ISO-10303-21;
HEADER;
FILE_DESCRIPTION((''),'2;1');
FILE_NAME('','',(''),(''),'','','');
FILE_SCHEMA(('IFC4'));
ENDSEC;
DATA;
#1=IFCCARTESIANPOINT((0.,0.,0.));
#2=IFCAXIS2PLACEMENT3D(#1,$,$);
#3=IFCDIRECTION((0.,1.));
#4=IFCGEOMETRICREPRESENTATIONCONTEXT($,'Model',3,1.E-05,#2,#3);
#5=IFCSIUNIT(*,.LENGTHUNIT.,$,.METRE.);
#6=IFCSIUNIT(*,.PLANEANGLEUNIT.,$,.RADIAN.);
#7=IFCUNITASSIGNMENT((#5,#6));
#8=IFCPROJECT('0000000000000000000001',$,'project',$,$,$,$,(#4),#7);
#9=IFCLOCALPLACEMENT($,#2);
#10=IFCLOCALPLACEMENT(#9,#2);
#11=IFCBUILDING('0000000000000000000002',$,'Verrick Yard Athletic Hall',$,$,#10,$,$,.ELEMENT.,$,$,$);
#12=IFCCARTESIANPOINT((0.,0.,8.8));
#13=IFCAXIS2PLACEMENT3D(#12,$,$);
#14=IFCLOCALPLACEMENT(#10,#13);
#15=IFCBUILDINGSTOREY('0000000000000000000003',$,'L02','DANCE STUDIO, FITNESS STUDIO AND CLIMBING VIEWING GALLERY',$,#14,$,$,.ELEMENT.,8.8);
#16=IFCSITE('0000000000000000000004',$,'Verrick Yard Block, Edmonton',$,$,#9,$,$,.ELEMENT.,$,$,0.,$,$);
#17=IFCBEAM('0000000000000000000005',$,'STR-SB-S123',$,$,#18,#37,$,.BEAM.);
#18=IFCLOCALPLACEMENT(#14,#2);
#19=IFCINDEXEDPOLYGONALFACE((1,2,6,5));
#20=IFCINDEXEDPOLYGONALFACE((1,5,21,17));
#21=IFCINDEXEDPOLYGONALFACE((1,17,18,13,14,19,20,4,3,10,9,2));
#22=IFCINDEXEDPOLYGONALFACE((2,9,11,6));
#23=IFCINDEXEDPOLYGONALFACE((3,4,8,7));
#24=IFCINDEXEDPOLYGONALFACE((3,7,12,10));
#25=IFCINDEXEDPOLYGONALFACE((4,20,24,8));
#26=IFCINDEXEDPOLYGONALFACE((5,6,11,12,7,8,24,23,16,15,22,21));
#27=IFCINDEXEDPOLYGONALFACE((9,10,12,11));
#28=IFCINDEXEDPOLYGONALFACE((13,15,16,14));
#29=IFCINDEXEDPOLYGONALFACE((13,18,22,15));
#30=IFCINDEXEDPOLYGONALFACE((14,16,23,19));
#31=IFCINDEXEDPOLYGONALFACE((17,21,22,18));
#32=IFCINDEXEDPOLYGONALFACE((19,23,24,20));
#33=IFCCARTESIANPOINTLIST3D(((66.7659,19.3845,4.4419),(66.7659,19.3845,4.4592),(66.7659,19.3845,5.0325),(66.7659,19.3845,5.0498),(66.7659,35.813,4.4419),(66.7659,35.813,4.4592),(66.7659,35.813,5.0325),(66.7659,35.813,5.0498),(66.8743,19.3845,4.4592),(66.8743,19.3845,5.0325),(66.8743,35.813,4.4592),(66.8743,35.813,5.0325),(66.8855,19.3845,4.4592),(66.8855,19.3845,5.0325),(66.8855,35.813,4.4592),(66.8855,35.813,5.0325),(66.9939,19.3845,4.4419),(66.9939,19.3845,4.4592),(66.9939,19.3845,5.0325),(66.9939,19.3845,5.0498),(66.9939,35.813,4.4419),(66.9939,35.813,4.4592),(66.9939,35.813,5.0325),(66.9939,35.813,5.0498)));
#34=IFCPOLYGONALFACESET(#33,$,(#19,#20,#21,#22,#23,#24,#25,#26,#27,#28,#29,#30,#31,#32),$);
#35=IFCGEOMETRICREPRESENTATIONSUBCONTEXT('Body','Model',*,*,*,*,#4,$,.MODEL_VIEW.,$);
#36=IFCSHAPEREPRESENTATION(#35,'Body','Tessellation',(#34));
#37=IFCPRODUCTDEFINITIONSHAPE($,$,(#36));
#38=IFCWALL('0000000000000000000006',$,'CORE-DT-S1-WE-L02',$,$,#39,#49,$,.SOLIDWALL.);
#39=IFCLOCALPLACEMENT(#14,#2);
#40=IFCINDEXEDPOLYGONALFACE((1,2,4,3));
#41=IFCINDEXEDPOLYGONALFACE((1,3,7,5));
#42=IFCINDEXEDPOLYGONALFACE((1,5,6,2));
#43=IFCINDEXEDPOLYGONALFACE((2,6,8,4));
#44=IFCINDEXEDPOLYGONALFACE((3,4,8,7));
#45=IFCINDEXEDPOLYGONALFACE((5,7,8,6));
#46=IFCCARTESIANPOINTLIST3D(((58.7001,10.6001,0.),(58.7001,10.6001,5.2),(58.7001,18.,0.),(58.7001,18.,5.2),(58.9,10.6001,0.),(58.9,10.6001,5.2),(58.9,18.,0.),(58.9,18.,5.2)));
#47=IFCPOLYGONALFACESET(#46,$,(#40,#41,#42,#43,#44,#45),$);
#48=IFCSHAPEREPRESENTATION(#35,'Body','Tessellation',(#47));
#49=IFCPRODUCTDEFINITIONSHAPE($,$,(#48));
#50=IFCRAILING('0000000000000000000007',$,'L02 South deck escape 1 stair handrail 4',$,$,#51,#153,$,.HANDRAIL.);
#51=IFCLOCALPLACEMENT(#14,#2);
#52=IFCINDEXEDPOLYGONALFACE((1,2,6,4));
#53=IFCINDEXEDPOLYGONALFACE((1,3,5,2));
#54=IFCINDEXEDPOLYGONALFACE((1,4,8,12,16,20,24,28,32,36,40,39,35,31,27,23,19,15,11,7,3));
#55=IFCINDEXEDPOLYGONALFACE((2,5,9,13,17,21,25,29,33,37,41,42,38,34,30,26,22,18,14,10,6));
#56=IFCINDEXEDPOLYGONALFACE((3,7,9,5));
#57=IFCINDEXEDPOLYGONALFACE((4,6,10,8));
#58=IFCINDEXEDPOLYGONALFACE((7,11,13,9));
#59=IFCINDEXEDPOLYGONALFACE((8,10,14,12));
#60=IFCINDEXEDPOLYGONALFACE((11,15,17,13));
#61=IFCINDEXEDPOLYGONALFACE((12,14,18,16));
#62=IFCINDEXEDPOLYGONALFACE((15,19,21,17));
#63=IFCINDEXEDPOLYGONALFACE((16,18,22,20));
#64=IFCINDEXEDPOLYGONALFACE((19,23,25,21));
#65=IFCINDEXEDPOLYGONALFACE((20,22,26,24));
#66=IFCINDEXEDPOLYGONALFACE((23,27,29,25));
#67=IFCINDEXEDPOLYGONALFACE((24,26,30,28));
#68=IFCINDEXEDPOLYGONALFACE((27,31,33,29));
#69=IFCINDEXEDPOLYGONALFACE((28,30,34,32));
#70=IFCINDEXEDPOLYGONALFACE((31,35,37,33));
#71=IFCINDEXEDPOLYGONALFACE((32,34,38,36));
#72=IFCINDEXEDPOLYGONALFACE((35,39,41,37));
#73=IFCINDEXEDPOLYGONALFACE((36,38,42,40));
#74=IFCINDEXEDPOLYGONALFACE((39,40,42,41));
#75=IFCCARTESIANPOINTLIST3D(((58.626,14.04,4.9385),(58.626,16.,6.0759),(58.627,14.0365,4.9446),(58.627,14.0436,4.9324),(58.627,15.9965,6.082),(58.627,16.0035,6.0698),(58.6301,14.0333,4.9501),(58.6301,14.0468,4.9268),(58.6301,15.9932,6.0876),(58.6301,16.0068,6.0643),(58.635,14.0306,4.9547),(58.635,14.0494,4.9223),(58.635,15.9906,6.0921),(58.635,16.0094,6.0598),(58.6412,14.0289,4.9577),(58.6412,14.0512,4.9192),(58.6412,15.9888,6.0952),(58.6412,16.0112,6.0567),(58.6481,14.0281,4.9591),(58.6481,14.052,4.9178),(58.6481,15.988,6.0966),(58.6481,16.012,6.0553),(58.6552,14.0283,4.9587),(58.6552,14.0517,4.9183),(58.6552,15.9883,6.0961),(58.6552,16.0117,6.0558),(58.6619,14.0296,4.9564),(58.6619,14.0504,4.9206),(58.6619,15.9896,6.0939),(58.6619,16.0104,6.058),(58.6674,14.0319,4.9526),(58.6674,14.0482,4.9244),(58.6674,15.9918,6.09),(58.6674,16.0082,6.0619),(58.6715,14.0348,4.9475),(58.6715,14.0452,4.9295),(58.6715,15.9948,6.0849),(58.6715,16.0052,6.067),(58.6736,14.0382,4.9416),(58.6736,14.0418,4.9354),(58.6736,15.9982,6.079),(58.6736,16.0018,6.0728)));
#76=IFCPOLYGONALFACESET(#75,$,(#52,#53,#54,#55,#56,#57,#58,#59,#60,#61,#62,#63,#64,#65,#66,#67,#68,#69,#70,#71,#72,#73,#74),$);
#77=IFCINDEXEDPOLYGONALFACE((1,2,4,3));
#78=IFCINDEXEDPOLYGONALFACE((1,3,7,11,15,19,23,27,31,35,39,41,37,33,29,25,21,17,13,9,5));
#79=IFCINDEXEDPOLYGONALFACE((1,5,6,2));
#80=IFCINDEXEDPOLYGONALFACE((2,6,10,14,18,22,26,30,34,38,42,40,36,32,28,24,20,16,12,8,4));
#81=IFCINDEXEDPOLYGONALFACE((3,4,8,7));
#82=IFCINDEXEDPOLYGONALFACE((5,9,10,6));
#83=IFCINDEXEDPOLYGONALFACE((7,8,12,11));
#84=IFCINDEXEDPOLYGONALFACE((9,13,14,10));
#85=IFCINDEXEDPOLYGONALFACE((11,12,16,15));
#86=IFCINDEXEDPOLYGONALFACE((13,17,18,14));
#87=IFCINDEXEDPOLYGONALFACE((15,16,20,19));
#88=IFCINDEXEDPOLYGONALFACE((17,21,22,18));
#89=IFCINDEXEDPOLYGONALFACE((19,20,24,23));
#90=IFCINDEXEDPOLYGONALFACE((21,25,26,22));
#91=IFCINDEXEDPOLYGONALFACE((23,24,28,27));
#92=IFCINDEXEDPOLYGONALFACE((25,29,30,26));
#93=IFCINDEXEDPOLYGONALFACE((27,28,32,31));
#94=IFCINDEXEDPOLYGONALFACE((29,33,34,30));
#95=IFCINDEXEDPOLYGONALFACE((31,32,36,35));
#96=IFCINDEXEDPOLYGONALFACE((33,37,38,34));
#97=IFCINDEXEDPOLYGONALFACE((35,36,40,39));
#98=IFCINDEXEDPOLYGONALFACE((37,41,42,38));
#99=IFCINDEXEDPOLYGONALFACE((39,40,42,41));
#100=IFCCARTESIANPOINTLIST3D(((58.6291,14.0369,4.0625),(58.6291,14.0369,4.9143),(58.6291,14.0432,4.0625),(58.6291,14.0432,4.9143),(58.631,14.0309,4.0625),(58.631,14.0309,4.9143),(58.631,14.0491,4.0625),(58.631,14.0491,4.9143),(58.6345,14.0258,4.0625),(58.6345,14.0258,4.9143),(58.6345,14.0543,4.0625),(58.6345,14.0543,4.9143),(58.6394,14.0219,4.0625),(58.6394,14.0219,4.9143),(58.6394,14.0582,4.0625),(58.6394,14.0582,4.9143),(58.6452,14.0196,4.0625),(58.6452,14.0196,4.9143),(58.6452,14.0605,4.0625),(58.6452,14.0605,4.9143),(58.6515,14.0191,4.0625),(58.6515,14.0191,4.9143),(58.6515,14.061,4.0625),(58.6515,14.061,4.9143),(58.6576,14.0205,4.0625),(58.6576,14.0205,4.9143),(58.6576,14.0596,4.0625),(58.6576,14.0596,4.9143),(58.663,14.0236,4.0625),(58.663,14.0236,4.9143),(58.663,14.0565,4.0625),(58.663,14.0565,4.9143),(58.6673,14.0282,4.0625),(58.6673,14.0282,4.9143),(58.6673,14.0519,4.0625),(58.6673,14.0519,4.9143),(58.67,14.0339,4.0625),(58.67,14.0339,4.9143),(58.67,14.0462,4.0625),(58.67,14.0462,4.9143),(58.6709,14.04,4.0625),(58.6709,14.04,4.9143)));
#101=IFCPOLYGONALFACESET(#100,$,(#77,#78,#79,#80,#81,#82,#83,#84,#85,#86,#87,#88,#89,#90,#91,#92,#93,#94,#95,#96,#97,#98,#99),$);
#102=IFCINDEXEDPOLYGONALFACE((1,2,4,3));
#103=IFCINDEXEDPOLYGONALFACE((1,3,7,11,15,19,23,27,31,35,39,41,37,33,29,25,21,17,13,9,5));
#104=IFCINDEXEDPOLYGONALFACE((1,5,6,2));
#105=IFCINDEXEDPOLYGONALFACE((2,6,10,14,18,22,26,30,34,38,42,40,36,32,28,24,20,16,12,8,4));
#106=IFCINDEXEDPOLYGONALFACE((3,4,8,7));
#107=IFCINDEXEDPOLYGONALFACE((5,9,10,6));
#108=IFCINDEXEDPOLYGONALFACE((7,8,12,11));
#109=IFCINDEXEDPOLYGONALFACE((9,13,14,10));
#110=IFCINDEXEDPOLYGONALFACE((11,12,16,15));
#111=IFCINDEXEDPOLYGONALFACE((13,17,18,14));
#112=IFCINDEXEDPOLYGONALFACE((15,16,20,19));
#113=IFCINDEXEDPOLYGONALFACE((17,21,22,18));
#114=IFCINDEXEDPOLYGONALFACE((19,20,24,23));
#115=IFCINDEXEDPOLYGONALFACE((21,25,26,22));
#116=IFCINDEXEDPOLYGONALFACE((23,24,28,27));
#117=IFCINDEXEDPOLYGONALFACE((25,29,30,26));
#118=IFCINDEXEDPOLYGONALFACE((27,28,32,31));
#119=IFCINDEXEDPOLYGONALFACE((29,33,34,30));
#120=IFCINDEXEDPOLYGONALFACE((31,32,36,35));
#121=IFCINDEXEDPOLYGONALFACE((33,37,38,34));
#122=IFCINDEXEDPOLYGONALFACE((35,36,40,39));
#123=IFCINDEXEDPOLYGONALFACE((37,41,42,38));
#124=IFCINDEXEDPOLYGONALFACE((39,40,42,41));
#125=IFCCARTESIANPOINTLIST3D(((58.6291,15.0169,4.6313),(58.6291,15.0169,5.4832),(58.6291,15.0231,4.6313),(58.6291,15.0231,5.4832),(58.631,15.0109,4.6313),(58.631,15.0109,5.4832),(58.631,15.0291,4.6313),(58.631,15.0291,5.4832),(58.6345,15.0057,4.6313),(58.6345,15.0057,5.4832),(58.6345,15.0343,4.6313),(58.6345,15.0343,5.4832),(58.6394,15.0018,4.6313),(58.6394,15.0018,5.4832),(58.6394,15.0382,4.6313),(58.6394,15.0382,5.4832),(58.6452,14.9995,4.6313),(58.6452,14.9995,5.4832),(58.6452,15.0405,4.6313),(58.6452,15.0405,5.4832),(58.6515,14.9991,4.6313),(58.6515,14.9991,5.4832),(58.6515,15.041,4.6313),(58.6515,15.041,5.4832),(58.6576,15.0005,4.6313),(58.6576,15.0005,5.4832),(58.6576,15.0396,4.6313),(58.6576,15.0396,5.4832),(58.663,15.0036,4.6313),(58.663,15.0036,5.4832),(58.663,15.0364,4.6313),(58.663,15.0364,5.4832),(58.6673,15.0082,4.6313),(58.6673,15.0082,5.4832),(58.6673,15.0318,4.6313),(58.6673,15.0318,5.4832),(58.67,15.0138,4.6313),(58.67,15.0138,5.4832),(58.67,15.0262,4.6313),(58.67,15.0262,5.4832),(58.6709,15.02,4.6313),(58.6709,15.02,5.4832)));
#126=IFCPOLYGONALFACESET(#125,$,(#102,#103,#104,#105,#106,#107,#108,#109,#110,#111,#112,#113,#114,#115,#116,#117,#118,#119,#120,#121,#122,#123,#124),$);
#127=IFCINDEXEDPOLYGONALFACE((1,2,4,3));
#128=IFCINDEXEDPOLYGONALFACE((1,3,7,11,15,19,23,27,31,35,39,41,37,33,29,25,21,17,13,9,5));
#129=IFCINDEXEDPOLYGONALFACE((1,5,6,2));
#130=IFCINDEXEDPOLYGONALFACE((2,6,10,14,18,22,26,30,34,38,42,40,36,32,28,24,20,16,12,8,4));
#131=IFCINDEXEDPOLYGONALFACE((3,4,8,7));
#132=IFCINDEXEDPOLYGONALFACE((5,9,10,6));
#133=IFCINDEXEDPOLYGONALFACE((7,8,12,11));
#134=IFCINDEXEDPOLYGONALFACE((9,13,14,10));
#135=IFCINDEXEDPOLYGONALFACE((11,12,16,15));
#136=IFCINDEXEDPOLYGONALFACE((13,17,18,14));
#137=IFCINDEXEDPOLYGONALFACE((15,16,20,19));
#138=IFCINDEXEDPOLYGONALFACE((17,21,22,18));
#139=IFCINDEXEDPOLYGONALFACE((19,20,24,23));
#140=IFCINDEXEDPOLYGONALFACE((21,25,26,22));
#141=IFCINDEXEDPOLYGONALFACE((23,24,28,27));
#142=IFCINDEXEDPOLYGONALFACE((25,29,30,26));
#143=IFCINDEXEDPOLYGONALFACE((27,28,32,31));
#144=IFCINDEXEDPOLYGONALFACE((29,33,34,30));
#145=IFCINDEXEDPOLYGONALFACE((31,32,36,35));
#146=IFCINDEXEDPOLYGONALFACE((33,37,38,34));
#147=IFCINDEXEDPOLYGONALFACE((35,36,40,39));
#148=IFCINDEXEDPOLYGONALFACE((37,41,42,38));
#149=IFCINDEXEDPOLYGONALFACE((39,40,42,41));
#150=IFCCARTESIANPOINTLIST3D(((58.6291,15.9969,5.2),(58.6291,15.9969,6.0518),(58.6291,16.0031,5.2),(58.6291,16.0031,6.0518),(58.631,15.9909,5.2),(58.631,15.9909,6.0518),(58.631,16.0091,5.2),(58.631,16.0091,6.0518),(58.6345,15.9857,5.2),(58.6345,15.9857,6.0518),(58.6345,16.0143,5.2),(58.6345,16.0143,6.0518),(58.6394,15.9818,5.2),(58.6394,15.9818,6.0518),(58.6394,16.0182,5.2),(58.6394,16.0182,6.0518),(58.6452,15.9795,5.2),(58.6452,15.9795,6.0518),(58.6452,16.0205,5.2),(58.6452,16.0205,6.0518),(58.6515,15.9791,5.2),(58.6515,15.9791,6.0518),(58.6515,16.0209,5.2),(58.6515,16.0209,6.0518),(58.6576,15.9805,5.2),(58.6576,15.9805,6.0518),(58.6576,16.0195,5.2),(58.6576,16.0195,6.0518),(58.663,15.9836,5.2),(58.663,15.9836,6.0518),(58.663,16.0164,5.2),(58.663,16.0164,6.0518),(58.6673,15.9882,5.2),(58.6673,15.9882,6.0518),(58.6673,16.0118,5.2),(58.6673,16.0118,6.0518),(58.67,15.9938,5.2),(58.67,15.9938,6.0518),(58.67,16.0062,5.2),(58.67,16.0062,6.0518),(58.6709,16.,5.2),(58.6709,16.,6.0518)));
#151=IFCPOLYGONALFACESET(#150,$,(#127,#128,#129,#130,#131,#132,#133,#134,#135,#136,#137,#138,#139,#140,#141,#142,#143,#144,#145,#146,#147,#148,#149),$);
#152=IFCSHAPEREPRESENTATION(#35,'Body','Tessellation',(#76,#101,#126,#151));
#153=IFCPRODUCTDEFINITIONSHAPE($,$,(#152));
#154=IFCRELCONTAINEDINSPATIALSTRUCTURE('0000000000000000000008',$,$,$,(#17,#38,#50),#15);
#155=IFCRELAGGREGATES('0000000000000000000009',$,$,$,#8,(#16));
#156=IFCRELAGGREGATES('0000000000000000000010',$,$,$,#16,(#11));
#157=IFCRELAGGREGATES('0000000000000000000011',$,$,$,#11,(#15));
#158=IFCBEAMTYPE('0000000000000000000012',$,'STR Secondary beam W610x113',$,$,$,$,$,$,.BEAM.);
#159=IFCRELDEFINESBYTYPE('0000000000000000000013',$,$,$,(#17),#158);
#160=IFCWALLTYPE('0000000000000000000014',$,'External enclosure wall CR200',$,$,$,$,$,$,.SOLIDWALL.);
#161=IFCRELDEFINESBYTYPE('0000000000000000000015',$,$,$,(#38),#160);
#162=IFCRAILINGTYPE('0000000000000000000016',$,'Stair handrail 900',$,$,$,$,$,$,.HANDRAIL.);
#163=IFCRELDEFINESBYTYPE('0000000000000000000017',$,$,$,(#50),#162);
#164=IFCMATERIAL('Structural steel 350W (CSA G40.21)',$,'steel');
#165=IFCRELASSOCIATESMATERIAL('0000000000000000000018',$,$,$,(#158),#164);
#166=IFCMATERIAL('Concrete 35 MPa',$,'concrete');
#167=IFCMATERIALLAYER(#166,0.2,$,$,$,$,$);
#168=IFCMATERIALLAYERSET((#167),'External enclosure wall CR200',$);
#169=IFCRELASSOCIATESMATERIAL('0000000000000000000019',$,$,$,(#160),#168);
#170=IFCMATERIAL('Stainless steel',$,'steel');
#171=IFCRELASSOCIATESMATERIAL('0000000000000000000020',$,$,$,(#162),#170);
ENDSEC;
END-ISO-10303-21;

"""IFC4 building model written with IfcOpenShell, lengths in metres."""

from ifc_helpers import new_model, si_unit, direction, frame, frame_2d, origin, origin_2d, place, context, subcontext, project, spatial, rectangle, circle, i_section, extrude, material, layer, layer_set, material_profile, profile_set, type_object, element, save


model = new_model("IFC4")

# Units and contexts
model_context = context("Model", 3, precision=1e-05, world=origin(), true_north=direction((0.0, 1.0)))
body_context = subcontext(model_context, "Body", "Model", "MODEL_VIEW")
ifc_project = project(units=[si_unit("LENGTHUNIT", "METRE"), si_unit("PLANEANGLEUNIT", "RADIAN")], contexts=[model_context])

# Site, building, storey
site_placement = place(None, origin())
site = spatial("IfcSite", under=ifc_project, at=site_placement, Name="Verrick Yard Block, Edmonton", CompositionType="ELEMENT", RefElevation=0.0)
building_placement = place(site_placement, origin())
building = spatial("IfcBuilding", under=site, at=building_placement, Name="Verrick Yard Athletic Hall", CompositionType="ELEMENT")
storey_placement = place(building_placement, frame((0.0, 0.0, 8.8)))
storey = spatial("IfcBuildingStorey", under=building, at=storey_placement, Name="L02", Description="DANCE STUDIO, FITNESS STUDIO AND CLIMBING VIEWING GALLERY", CompositionType="ELEMENT", Elevation=8.8)

# Shared definitions
ifc_material_1 = material(Name="Structural steel 350W (CSA G40.21)", Category="steel")

# Beam
ifc_material_profile_1 = material_profile(ifc_material_1, i_section(OverallWidth=0.228, OverallDepth=0.6079, WebThickness=0.0112, FlangeThickness=0.0173, at=origin_2d()), Name="W610x113")
ifc_profile_set_1 = profile_set([ifc_material_profile_1], Name="Structural steel 350W (CSA G40.21)")
beam_type = type_object("IfcBeamType", Name="STR Secondary beam W610x113", PredefinedType="BEAM", material=ifc_profile_set_1)
for number, where, z_axis, x_axis, name in (
    (1, (66.8799, 19.3845, 4.7458), (0.0, 1.0, 0.0), (-1.0, 0.0, 0.0), "STR-SB-S123"),
):
    element("IfcBeam", number, at=place(storey_placement, frame(where, z_axis=z_axis, x_axis=x_axis)), inside=storey, type_object=beam_type, Name=name, PredefinedType="BEAM", context=body_context, shape_type="SweptSolid", body=[
        extrude(i_section(OverallWidth=0.228, OverallDepth=0.6079, WebThickness=0.0112, FlangeThickness=0.0173, at=origin_2d()), origin(), (0.0, 0.0, 1.0), 16.4285),
    ])

# Wall
ifc_material_2 = material(Name="Concrete 35 MPa", Category="concrete")
ifc_layer = layer(ifc_material_2, 0.2)
ifc_layer_set = layer_set([ifc_layer], Name="External enclosure wall CR200")
wall_type = type_object("IfcWallType", Name="External enclosure wall CR200", PredefinedType="SOLIDWALL", material=ifc_layer_set)
wall_placement = place(storey_placement, frame((58.8, 18.0, 0.0), z_axis=(0.0, 0.0, 1.0), x_axis=(0.0, -1.0, 0.0)))
element("IfcWall", 2, at=wall_placement, inside=storey, type_object=wall_type, Name="CORE-DT-S1-WE-L02", PredefinedType="SOLIDWALL", context=body_context, shape_type="SweptSolid", body=[
    extrude(rectangle(XDim=7.3999, YDim=0.2, at=frame_2d((3.7, 0.0))), origin(), (0.0, 0.0, 1.0), 5.2),
])

# Railing
ifc_material_3 = material(Name="Stainless steel", Category="steel")
railing_type = type_object("IfcRailingType", Name="Stair handrail 900", PredefinedType="HANDRAIL", material=ifc_material_3)
railing_placement = place(storey_placement, frame((58.6499, 14.04, 4.0625)))
element("IfcRailing", 3, at=railing_placement, inside=storey, type_object=railing_type, Name="L02 South deck escape 1 stair handrail 4", PredefinedType="HANDRAIL", context=body_context, shape_type="SweptSolid", body=[
    extrude(circle(Radius=0.0239, at=origin_2d()), frame((0.0, 0.0, 0.876), z_axis=(0.0, 0.864902, 0.501941), x_axis=(-1.0, 0.0, 0.0)), (0.0, 0.0, 1.0), 2.2661),
    extrude(circle(Radius=0.021, at=origin_2d()), origin(), (0.0, 0.0, 1.0), 0.8518),
    extrude(circle(Radius=0.021, at=origin_2d()), frame((0.0, 0.98, 0.5688)), (0.0, 0.0, 1.0), 0.8518),
    extrude(circle(Radius=0.021, at=origin_2d()), frame((0.0, 1.96, 1.1375)), (0.0, 0.0, 1.0), 0.8518),
])

save(model, "model.ifc")
